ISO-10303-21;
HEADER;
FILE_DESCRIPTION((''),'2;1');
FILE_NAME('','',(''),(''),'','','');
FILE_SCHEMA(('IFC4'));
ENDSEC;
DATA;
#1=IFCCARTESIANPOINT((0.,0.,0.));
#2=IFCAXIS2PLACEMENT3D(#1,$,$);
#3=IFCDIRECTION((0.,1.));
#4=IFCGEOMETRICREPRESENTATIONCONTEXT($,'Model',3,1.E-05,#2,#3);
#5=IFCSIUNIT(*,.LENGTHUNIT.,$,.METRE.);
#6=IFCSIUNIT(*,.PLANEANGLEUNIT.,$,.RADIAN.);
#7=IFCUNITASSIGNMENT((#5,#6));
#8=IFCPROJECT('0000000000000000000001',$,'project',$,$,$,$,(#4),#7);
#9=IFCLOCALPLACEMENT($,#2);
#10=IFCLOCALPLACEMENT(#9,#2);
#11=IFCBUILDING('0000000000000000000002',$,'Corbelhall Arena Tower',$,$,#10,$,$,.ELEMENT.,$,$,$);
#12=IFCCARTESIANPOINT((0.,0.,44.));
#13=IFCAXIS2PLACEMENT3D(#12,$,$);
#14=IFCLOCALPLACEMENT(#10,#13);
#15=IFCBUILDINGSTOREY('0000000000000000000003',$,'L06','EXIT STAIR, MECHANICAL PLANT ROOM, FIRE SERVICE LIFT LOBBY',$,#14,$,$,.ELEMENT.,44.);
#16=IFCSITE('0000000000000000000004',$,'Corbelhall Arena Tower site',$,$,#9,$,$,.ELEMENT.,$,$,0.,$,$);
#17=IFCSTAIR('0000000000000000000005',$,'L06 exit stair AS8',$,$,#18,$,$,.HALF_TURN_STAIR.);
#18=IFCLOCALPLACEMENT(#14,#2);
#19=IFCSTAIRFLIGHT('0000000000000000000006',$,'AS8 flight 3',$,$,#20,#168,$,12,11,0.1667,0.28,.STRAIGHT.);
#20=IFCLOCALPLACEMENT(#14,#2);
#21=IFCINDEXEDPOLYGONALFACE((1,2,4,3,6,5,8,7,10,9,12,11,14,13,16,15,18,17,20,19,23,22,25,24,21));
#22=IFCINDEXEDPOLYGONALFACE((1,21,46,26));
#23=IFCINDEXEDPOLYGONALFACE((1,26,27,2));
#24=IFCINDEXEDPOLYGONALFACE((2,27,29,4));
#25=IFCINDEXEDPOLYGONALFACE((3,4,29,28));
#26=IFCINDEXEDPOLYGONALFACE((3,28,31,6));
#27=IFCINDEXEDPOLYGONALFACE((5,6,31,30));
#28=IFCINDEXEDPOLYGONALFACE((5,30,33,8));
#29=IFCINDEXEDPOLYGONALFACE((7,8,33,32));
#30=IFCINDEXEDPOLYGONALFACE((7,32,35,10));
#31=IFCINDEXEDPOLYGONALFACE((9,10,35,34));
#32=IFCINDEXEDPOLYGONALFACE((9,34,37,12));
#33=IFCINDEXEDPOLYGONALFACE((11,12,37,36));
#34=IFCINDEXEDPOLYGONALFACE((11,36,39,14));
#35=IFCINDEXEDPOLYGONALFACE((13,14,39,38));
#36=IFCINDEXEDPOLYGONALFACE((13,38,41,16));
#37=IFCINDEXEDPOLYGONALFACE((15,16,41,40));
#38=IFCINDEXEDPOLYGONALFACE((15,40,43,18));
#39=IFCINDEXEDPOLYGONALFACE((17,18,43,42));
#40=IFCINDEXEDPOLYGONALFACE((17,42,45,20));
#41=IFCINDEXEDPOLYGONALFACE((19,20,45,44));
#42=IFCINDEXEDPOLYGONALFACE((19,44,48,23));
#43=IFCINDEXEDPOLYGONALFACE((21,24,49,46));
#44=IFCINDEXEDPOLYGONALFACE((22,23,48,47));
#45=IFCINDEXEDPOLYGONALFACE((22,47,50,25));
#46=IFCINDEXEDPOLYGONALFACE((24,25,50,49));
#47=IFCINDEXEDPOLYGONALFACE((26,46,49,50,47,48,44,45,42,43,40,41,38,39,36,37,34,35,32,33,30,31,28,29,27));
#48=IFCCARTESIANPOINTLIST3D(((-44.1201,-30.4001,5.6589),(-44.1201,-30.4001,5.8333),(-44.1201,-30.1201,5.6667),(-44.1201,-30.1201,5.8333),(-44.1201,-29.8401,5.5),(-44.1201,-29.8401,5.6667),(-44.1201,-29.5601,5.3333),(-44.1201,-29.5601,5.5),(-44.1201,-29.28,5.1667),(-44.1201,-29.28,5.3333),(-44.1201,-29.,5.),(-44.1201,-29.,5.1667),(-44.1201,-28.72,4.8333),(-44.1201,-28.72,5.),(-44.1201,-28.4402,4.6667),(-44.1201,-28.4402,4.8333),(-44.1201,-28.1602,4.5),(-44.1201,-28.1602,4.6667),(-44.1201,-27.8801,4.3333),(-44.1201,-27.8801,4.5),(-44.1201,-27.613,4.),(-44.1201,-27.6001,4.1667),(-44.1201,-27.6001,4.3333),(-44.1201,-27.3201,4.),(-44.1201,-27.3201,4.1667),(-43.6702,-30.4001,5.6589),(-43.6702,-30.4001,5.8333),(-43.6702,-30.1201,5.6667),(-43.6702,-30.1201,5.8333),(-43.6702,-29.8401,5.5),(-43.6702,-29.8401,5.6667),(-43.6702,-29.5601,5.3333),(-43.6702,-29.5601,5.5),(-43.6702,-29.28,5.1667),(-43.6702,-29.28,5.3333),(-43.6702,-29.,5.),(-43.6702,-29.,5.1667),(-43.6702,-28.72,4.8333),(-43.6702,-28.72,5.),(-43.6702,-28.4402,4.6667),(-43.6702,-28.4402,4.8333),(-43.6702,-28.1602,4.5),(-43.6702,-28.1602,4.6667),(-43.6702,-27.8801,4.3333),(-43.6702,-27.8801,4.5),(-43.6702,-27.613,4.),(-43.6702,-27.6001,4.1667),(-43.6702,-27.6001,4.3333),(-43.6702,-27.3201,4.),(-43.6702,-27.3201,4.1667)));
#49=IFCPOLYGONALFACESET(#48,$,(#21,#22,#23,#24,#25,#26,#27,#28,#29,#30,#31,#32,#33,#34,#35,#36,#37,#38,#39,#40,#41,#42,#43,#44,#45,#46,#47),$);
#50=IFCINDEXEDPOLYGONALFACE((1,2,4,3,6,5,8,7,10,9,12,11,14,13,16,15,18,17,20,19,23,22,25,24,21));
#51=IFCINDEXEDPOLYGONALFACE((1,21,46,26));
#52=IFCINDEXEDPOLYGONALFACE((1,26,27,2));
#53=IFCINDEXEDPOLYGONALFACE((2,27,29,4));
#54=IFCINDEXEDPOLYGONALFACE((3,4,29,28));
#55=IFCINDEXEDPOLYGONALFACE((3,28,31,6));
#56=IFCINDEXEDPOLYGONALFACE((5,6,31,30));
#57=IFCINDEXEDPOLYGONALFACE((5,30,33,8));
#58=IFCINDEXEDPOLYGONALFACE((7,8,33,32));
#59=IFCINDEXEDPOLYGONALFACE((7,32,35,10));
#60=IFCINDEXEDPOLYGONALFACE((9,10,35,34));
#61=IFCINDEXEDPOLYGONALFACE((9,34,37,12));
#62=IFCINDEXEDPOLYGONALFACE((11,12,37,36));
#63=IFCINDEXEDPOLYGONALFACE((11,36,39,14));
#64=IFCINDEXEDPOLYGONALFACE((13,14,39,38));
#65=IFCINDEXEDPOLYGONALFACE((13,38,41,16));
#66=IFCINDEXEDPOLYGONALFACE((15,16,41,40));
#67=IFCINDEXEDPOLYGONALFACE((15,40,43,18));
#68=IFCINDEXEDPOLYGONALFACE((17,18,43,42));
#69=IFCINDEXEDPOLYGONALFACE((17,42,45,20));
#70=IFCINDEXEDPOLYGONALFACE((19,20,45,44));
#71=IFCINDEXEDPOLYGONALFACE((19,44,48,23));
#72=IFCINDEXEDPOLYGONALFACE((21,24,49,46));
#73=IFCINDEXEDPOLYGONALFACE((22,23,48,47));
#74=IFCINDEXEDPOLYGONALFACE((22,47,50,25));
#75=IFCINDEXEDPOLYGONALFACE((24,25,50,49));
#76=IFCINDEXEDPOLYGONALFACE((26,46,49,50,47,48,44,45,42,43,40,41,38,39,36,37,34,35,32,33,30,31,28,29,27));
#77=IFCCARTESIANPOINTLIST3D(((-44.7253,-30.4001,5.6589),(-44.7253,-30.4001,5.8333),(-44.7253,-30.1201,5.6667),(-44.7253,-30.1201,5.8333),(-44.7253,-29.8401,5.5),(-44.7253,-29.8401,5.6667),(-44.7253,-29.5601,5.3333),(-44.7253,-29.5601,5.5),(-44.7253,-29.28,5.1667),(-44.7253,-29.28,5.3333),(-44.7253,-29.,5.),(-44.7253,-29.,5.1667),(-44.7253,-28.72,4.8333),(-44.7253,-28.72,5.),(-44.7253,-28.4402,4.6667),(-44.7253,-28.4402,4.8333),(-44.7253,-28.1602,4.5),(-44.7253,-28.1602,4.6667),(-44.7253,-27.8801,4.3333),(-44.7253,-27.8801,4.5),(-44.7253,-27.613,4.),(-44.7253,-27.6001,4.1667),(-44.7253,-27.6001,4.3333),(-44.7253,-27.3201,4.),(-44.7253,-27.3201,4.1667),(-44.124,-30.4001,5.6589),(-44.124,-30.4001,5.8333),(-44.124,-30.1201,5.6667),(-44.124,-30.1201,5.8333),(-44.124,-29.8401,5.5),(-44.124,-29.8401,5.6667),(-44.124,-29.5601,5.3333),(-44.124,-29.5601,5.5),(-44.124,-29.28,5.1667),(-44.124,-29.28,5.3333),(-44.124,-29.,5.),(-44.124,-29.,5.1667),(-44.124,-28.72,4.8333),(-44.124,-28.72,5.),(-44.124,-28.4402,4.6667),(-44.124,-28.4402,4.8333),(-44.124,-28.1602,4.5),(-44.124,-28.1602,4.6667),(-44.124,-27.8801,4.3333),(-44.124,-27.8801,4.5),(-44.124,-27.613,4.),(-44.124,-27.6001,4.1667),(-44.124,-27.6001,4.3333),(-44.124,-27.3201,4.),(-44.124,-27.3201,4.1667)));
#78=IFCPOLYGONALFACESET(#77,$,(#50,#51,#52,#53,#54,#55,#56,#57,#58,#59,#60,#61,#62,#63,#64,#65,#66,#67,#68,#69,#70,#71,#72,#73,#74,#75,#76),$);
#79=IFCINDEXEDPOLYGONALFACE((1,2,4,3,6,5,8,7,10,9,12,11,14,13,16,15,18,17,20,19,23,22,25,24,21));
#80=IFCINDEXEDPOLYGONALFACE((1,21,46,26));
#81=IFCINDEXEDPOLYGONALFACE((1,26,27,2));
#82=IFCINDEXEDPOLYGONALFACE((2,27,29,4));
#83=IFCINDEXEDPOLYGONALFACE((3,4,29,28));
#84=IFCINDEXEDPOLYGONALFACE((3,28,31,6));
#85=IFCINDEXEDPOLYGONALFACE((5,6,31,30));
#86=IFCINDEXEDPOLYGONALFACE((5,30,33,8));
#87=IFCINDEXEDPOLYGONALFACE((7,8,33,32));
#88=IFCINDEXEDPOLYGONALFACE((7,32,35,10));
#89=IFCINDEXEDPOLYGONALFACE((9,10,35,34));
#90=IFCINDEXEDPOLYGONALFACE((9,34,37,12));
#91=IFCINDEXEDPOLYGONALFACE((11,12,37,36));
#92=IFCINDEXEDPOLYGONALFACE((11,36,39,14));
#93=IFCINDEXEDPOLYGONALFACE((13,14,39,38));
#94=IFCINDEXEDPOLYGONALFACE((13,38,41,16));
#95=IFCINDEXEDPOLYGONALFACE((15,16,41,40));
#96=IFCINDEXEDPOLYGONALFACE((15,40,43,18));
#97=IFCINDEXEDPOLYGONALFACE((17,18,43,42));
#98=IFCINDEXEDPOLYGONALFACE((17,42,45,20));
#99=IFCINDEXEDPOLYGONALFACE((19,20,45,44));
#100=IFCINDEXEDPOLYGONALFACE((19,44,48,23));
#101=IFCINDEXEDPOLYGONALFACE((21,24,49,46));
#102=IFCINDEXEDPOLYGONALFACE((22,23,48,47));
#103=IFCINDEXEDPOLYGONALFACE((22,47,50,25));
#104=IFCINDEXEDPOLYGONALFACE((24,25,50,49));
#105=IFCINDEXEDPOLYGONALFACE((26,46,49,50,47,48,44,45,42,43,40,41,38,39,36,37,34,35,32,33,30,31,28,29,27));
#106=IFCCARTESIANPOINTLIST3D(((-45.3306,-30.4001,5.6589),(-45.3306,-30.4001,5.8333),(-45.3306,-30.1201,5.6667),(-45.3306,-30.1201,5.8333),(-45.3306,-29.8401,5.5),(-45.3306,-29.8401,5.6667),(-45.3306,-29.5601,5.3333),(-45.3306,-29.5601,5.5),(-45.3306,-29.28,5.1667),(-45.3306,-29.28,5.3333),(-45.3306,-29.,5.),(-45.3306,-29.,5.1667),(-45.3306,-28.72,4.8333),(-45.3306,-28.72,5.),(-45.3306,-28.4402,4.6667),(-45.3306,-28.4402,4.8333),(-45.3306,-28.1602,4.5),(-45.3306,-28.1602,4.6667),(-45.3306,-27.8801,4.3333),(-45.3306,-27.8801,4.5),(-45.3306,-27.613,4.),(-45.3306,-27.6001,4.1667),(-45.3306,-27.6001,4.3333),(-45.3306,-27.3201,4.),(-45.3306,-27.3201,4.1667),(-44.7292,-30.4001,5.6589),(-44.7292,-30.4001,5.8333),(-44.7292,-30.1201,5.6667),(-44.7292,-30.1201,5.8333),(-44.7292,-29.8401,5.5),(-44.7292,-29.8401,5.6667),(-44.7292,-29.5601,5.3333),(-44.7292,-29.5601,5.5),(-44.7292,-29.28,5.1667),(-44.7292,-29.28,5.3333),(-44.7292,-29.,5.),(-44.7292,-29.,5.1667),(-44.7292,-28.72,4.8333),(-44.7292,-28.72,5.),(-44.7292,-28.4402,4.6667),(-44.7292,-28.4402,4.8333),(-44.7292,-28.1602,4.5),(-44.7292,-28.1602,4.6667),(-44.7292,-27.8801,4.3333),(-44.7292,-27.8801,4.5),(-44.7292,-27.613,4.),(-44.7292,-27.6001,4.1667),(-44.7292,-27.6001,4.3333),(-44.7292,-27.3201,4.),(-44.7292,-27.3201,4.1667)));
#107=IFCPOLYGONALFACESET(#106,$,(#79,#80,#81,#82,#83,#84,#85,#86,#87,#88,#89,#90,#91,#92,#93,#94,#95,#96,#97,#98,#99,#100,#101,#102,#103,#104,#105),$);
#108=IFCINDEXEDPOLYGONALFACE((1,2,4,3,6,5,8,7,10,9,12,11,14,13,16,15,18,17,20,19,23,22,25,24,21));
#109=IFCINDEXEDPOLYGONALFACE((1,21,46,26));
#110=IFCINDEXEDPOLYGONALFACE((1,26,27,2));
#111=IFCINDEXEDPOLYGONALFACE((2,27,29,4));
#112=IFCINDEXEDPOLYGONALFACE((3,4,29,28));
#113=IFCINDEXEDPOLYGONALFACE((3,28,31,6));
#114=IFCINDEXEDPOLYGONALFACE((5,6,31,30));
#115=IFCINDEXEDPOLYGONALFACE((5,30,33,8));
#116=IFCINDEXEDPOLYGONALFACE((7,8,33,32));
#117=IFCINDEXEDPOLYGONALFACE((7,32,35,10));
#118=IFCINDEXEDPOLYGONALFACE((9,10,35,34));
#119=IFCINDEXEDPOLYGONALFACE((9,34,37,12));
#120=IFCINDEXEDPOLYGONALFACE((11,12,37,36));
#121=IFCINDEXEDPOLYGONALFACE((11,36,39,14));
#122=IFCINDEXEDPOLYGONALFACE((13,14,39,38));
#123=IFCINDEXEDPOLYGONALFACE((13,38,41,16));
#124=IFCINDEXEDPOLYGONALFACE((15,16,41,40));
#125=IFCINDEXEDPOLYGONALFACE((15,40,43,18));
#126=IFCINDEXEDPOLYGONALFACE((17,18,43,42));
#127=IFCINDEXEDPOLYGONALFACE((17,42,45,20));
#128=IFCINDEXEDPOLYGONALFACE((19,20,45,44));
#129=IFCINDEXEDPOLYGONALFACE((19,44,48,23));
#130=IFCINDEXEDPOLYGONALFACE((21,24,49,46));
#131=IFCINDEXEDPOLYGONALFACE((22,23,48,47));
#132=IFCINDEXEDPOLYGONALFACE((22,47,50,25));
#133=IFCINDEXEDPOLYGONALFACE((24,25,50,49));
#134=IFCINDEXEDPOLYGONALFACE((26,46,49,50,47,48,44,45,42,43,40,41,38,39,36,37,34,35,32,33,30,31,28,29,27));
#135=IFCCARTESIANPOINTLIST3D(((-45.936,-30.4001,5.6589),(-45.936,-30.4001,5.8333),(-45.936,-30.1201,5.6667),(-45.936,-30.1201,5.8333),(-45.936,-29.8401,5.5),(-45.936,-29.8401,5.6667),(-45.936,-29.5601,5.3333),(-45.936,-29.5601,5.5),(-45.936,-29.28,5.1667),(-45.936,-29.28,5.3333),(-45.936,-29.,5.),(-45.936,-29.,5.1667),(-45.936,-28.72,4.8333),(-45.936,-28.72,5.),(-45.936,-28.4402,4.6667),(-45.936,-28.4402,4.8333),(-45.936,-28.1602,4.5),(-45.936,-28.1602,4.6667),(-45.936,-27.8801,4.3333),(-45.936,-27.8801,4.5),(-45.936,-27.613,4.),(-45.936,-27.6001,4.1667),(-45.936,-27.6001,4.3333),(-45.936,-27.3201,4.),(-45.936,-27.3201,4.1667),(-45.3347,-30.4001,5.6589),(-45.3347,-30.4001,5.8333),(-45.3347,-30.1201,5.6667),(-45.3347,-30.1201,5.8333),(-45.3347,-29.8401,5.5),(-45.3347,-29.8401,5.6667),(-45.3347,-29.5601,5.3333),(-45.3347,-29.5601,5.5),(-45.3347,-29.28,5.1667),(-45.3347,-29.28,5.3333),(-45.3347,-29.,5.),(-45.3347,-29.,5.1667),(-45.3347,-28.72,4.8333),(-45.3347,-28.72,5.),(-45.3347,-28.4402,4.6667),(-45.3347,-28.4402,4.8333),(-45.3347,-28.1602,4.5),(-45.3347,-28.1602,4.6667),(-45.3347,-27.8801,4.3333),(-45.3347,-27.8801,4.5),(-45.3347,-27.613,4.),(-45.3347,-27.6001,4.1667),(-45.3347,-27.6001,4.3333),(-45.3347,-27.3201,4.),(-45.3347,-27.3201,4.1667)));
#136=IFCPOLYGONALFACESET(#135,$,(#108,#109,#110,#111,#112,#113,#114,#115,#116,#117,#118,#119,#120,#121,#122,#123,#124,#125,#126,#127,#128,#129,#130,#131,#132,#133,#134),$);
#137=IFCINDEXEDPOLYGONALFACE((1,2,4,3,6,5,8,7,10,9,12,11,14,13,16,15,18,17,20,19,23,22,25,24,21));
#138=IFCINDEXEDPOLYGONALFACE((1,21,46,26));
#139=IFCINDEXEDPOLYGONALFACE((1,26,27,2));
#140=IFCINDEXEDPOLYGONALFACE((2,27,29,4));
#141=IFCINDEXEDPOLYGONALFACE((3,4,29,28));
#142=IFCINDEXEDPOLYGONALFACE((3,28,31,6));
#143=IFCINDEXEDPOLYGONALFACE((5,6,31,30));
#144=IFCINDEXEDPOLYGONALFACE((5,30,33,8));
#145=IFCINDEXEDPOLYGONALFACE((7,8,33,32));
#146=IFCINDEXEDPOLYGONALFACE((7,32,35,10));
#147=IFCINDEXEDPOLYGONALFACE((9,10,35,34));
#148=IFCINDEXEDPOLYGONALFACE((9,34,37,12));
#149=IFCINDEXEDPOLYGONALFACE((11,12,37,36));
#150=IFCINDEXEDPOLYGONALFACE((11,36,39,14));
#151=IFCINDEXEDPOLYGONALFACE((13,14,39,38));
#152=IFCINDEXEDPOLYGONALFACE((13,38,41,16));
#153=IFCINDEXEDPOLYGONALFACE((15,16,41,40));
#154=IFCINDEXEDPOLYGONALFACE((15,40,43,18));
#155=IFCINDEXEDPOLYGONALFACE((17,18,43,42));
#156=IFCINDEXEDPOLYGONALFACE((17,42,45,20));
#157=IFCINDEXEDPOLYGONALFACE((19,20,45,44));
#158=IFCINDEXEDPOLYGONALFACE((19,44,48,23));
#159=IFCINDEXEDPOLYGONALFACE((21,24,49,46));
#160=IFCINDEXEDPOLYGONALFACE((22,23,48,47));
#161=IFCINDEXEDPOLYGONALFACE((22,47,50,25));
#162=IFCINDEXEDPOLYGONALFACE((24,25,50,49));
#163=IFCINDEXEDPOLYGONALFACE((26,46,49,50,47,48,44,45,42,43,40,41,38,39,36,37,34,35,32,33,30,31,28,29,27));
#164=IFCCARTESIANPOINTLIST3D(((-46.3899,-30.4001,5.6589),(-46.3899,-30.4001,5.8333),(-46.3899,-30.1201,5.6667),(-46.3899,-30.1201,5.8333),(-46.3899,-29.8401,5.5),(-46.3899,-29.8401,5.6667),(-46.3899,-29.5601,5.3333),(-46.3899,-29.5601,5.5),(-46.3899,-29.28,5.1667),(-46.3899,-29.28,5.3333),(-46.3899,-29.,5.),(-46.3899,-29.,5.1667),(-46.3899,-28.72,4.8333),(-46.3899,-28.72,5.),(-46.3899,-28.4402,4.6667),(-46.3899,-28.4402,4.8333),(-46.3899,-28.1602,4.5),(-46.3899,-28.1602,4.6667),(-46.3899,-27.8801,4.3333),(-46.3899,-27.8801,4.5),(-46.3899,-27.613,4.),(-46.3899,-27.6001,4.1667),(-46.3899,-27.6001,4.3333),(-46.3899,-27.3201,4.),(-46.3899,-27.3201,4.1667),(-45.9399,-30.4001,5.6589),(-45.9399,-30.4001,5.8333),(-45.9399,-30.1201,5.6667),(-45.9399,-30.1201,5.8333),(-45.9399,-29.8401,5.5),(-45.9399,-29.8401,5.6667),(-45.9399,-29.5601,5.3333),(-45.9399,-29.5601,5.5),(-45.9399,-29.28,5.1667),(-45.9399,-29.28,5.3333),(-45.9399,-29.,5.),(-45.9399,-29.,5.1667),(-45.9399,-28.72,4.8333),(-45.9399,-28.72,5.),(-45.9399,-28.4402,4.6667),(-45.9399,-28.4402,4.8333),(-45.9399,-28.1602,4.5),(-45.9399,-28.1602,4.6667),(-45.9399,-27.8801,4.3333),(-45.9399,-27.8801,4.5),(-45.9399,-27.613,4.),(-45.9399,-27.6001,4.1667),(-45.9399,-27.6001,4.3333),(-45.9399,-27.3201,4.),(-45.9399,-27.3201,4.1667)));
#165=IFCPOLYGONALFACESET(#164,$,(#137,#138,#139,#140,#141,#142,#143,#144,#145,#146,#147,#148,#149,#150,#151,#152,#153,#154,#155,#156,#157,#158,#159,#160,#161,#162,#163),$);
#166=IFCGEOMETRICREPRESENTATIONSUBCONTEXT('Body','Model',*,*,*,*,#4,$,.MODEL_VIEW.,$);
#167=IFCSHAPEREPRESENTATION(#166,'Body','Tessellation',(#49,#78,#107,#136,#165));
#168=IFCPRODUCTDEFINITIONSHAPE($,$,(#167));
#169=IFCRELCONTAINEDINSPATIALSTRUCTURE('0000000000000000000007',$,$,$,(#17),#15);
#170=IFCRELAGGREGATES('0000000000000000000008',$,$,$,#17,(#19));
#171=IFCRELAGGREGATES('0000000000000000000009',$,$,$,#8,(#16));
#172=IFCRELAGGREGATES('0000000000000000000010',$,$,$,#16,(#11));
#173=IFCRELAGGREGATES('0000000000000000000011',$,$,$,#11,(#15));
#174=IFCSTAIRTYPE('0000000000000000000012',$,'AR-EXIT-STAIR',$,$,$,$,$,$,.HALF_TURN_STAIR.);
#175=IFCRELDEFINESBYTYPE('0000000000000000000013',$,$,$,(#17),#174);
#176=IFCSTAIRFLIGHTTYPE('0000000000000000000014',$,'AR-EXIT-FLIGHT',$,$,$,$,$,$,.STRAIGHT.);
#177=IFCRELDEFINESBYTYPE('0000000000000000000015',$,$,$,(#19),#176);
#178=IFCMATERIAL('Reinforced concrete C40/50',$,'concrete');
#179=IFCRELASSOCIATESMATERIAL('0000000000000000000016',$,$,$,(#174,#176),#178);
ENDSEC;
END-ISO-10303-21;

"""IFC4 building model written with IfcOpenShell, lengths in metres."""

from ifc_helpers import new_model, si_unit, direction, frame, origin, place, context, subcontext, project, spatial, polyline, outline, extrude, material, type_object, element, aggregate, save


model = new_model("IFC4")

# Units and contexts
model_context = context("Model", 3, precision=1e-05, world=origin(), true_north=direction((0.0, 1.0)))
body_context = subcontext(model_context, "Body", "Model", "MODEL_VIEW")
ifc_project = project(units=[si_unit("LENGTHUNIT", "METRE"), si_unit("PLANEANGLEUNIT", "RADIAN")], contexts=[model_context])

# Site, building, storey
site_placement = place(None, origin())
site = spatial("IfcSite", under=ifc_project, at=site_placement, Name="Corbelhall Arena Tower site", CompositionType="ELEMENT", RefElevation=0.0)
building_placement = place(site_placement, origin())
building = spatial("IfcBuilding", under=site, at=building_placement, Name="Corbelhall Arena Tower", CompositionType="ELEMENT")
storey_placement = place(building_placement, frame((0.0, 0.0, 44.0)))
storey = spatial("IfcBuildingStorey", under=building, at=storey_placement, Name="L06", Description="EXIT STAIR, MECHANICAL PLANT ROOM, FIRE SERVICE LIFT LOBBY", CompositionType="ELEMENT", Elevation=44.0)

# Stair, stair flight
ifc_material_1 = material(Name="Reinforced concrete C40/50", Category="concrete")
stair_type = type_object("IfcStairType", Name="AR-EXIT-STAIR", PredefinedType="HALF_TURN_STAIR", material=ifc_material_1)
stair_flight_type = type_object("IfcStairFlightType", Name="AR-EXIT-FLIGHT", PredefinedType="STRAIGHT", material=ifc_material_1)
stair_1_placement = place(storey_placement, origin())
stair_1 = element("IfcStair", 1, at=stair_1_placement, inside=storey, type_object=stair_type, Name="L06 exit stair AS8", PredefinedType="HALF_TURN_STAIR")
stair_flight_1_placement = place(storey_placement, frame((-45.03, -27.3201, 4.0), z_axis=(0.0, 0.0, 1.0), x_axis=(0.0, -1.0, 0.0)))
stair_flight_1 = element("IfcStairFlight", 2, at=stair_flight_1_placement, type_object=stair_flight_type, Name="AS8 flight 3", NumberOfRisers=12, NumberOfTreads=11, PredefinedType="STRAIGHT", RiserHeight=0.1667, TreadLength=0.28, context=body_context, shape_type="SweptSolid", body=[
    extrude(outline(polyline([(0.0, 0.0), (0.0, 0.1667), (0.28, 0.1667), (0.28, 0.3333), (0.5601, 0.3333), (0.5601, 0.5), (0.8401, 0.5), (0.8401, 0.6667), (1.1201, 0.6667), (1.1201, 0.8333), (1.3999, 0.8333), (1.3999, 1.0), (1.6799, 1.0), (1.6799, 1.1667), (1.96, 1.1667), (1.96, 1.3333), (2.24, 1.3333), (2.24, 1.5), (2.52, 1.5), (2.52, 1.6667), (2.8, 1.6667), (2.8, 1.8333), (3.0801, 1.8333), (3.0801, 2.0), (3.0801, 1.6589), (0.293, 0.0), (0.0, 0.0)])), frame((0.0, 1.3599, 0.0), z_axis=(0.0, -1.0, 0.0), x_axis=(1.0, 0.0, 0.0)), (0.0, 0.0, 1.0), 0.45),
    extrude(outline(polyline([(0.0, 0.0), (0.0, 0.1667), (0.28, 0.1667), (0.28, 0.3333), (0.5601, 0.3333), (0.5601, 0.5), (0.8401, 0.5), (0.8401, 0.6667), (1.1201, 0.6667), (1.1201, 0.8333), (1.3999, 0.8333), (1.3999, 1.0), (1.6799, 1.0), (1.6799, 1.1667), (1.96, 1.1667), (1.96, 1.3333), (2.24, 1.3333), (2.24, 1.5), (2.52, 1.5), (2.52, 1.6667), (2.8, 1.6667), (2.8, 1.8333), (3.0801, 1.8333), (3.0801, 2.0), (3.0801, 1.6589), (0.293, 0.0), (0.0, 0.0)])), frame((0.0, 0.906, 0.0), z_axis=(0.0, -1.0, 0.0), x_axis=(1.0, 0.0, 0.0)), (0.0, 0.0, 1.0), 0.6013),
    extrude(outline(polyline([(0.0, 0.0), (0.0, 0.1667), (0.28, 0.1667), (0.28, 0.3333), (0.5601, 0.3333), (0.5601, 0.5), (0.8401, 0.5), (0.8401, 0.6667), (1.1201, 0.6667), (1.1201, 0.8333), (1.3999, 0.8333), (1.3999, 1.0), (1.6799, 1.0), (1.6799, 1.1667), (1.96, 1.1667), (1.96, 1.3333), (2.24, 1.3333), (2.24, 1.5), (2.52, 1.5), (2.52, 1.6667), (2.8, 1.6667), (2.8, 1.8333), (3.0801, 1.8333), (3.0801, 2.0), (3.0801, 1.6589), (0.293, 0.0), (0.0, 0.0)])), frame((0.0, 0.3008, 0.0), z_axis=(0.0, -1.0, 0.0), x_axis=(1.0, 0.0, 0.0)), (0.0, 0.0, 1.0), 0.6013),
    extrude(outline(polyline([(0.0, 0.0), (0.0, 0.1667), (0.28, 0.1667), (0.28, 0.3333), (0.5601, 0.3333), (0.5601, 0.5), (0.8401, 0.5), (0.8401, 0.6667), (1.1201, 0.6667), (1.1201, 0.8333), (1.3999, 0.8333), (1.3999, 1.0), (1.6799, 1.0), (1.6799, 1.1667), (1.96, 1.1667), (1.96, 1.3333), (2.24, 1.3333), (2.24, 1.5), (2.52, 1.5), (2.52, 1.6667), (2.8, 1.6667), (2.8, 1.8333), (3.0801, 1.8333), (3.0801, 2.0), (3.0801, 1.6589), (0.293, 0.0), (0.0, 0.0)])), frame((0.0, -0.3047, 0.0), z_axis=(0.0, -1.0, 0.0), x_axis=(1.0, 0.0, 0.0)), (0.0, 0.0, 1.0), 0.6013),
    extrude(outline(polyline([(0.0, 0.0), (0.0, 0.1667), (0.28, 0.1667), (0.28, 0.3333), (0.5601, 0.3333), (0.5601, 0.5), (0.8401, 0.5), (0.8401, 0.6667), (1.1201, 0.6667), (1.1201, 0.8333), (1.3999, 0.8333), (1.3999, 1.0), (1.6799, 1.0), (1.6799, 1.1667), (1.96, 1.1667), (1.96, 1.3333), (2.24, 1.3333), (2.24, 1.5), (2.52, 1.5), (2.52, 1.6667), (2.8, 1.6667), (2.8, 1.8333), (3.0801, 1.8333), (3.0801, 2.0), (3.0801, 1.6589), (0.293, 0.0), (0.0, 0.0)])), frame((0.0, -0.9099, 0.0), z_axis=(0.0, -1.0, 0.0), x_axis=(1.0, 0.0, 0.0)), (0.0, 0.0, 1.0), 0.45),
])
aggregate(stair_1, [stair_flight_1])

save(model, "model.ifc")
